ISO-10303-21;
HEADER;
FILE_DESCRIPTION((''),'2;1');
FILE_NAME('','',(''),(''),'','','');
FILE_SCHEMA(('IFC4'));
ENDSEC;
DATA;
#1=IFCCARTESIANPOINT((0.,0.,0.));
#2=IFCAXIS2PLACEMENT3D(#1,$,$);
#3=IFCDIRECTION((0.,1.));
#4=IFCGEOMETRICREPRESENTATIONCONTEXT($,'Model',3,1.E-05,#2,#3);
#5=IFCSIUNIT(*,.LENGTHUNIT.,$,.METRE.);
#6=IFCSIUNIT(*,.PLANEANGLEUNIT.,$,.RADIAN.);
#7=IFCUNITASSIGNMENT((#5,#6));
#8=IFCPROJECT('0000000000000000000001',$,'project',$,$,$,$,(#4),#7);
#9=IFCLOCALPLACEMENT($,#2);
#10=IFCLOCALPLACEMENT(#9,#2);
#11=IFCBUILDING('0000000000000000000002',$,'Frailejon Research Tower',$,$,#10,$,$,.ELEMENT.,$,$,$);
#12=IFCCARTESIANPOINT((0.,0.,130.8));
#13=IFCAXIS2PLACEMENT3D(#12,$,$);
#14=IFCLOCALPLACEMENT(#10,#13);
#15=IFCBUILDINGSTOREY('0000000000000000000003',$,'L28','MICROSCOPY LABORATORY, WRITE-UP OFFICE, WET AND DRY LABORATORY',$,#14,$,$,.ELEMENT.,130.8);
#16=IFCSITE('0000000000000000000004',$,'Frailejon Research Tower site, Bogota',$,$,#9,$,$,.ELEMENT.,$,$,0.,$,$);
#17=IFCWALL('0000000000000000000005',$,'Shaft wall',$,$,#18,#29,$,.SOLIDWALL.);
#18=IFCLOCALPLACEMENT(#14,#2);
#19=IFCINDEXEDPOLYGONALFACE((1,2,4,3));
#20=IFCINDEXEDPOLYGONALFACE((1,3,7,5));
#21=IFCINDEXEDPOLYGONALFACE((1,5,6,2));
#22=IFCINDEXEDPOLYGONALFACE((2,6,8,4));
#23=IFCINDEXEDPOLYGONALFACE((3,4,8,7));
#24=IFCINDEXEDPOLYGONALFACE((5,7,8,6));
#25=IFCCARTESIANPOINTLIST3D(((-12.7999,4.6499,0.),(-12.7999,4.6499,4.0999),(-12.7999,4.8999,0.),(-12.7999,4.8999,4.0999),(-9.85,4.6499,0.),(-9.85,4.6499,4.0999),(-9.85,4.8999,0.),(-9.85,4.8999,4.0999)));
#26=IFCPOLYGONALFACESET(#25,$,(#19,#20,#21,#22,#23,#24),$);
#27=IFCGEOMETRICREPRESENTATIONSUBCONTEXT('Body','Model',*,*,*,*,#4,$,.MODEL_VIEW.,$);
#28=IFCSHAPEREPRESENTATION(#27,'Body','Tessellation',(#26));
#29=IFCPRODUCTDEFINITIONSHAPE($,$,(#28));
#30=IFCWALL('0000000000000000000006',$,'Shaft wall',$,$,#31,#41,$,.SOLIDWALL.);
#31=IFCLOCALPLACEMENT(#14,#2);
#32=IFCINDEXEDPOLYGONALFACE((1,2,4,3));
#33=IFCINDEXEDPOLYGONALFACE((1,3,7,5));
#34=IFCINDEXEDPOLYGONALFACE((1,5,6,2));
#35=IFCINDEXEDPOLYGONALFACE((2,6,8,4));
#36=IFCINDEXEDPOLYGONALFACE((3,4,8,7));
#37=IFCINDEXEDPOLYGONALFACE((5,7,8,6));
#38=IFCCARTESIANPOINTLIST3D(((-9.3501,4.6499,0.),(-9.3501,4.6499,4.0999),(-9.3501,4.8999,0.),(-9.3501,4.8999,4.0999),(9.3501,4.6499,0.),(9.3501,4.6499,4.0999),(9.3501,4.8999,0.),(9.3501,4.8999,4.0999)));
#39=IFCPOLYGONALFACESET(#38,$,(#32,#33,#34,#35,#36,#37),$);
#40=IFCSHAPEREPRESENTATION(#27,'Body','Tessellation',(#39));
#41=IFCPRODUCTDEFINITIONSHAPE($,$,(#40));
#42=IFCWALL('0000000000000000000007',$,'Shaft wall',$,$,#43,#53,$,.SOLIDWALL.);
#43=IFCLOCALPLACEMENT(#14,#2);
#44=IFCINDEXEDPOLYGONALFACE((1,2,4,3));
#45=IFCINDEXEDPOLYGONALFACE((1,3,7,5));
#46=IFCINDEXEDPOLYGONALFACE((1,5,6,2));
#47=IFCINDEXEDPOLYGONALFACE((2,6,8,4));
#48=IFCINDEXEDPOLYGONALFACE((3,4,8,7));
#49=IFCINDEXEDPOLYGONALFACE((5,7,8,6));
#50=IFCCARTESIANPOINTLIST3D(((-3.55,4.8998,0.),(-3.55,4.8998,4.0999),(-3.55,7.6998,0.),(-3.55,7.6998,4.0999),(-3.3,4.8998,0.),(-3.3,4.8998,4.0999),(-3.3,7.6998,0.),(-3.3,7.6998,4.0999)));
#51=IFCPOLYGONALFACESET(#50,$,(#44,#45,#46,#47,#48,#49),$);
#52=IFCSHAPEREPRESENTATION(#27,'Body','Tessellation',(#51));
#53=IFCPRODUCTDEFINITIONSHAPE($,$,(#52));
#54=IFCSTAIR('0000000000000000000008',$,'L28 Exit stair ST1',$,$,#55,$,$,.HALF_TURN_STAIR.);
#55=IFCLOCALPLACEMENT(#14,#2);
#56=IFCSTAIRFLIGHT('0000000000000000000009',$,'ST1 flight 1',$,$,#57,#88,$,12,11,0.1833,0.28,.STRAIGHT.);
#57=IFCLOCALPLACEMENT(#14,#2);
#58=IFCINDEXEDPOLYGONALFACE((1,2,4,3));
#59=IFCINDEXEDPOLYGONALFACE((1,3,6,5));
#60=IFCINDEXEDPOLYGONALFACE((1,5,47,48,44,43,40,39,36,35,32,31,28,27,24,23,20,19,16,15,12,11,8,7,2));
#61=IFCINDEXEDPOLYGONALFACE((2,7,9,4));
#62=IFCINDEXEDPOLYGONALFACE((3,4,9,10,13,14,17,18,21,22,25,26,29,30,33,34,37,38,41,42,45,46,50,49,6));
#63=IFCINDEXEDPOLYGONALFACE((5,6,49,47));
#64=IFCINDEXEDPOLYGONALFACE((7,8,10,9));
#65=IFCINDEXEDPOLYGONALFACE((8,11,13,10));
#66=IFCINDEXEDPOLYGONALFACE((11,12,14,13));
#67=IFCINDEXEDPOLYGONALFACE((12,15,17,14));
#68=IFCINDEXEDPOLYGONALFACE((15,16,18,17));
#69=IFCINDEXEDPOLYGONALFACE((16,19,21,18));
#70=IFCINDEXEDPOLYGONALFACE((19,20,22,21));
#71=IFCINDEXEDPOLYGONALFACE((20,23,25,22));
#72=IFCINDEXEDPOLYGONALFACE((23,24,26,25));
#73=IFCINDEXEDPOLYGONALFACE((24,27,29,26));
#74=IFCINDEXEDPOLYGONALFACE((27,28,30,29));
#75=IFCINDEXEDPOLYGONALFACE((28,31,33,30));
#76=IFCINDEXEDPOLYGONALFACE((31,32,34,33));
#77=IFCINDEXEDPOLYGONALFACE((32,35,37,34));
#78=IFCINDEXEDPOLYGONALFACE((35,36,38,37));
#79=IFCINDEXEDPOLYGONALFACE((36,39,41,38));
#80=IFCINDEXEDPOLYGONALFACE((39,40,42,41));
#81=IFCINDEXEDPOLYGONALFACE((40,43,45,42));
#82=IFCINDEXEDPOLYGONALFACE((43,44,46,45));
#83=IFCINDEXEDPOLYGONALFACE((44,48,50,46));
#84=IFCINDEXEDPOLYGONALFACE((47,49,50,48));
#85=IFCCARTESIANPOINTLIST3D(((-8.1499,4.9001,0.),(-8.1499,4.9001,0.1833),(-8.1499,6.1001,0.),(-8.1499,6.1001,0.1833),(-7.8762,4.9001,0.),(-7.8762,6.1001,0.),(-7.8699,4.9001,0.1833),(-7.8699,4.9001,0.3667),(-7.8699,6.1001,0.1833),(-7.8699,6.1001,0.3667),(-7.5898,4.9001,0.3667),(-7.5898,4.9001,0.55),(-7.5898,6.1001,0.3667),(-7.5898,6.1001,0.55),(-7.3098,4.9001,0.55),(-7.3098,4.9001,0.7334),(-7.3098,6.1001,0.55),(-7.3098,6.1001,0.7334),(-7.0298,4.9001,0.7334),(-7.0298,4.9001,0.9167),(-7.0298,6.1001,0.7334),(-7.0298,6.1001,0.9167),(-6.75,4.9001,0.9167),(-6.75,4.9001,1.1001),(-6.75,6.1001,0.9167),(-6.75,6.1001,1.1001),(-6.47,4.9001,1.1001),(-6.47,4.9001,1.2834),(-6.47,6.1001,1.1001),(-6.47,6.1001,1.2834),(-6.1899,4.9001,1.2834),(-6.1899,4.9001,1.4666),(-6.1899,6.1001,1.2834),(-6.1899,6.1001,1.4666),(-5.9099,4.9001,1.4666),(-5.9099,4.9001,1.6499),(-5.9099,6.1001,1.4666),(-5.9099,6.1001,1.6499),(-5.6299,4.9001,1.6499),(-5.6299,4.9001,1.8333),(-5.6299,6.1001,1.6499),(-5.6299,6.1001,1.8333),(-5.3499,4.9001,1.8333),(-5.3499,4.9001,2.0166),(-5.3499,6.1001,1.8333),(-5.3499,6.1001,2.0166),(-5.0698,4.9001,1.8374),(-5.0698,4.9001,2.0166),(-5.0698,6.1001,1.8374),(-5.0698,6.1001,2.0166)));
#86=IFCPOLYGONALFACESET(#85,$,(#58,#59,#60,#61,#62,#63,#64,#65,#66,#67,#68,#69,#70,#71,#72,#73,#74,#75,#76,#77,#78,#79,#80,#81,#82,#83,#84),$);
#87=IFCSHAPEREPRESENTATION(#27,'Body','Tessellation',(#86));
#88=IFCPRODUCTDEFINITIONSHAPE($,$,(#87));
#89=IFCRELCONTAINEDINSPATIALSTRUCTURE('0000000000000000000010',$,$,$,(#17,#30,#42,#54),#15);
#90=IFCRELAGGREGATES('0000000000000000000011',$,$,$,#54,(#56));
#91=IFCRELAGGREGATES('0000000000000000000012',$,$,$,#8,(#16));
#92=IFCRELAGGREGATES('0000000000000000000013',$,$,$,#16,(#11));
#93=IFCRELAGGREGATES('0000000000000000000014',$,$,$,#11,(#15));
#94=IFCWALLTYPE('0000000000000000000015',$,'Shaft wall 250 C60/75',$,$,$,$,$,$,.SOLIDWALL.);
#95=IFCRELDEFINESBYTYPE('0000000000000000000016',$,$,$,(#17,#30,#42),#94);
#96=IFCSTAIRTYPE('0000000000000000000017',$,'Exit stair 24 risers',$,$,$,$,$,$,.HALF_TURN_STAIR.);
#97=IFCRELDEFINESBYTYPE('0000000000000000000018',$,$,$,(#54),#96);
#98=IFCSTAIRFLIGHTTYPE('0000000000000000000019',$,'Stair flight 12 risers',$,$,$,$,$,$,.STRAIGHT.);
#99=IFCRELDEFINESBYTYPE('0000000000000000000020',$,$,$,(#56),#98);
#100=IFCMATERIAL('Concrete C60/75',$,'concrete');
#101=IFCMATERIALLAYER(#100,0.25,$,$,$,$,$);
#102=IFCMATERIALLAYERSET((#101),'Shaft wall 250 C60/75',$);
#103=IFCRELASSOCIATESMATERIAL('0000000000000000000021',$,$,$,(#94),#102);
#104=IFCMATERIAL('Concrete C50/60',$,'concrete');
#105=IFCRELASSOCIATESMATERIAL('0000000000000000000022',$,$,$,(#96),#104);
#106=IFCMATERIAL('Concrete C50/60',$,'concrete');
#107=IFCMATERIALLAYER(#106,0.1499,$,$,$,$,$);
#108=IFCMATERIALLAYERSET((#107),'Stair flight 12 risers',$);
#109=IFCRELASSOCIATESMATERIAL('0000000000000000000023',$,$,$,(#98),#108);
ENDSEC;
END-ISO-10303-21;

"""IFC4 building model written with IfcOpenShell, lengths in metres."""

from ifc_helpers import new_model, si_unit, direction, frame, frame_2d, origin, place, context, subcontext, project, spatial, polyline, rectangle, outline, extrude, material, layer, layer_set, type_object, element, aggregate, save


model = new_model("IFC4")

# Units and contexts
model_context = context("Model", 3, precision=1e-05, world=origin(), true_north=direction((0.0, 1.0)))
body_context = subcontext(model_context, "Body", "Model", "MODEL_VIEW")
ifc_project = project(units=[si_unit("LENGTHUNIT", "METRE"), si_unit("PLANEANGLEUNIT", "RADIAN")], contexts=[model_context])

# Site, building, storey
site_placement = place(None, origin())
site = spatial("IfcSite", under=ifc_project, at=site_placement, Name="Frailejon Research Tower site, Bogota", CompositionType="ELEMENT", RefElevation=0.0)
building_placement = place(site_placement, origin())
building = spatial("IfcBuilding", under=site, at=building_placement, Name="Frailejon Research Tower", CompositionType="ELEMENT")
storey_placement = place(building_placement, frame((0.0, 0.0, 130.8)))
storey = spatial("IfcBuildingStorey", under=building, at=storey_placement, Name="L28", Description="MICROSCOPY LABORATORY, WRITE-UP OFFICE, WET AND DRY LABORATORY", CompositionType="ELEMENT", Elevation=130.8)

# Shared definitions
ifc_material_1 = material(Name="Concrete C60/75", Category="concrete")
ifc_layer_1 = layer(ifc_material_1, 0.25)
ifc_layer_set_1 = layer_set([ifc_layer_1], Name="Shaft wall 250 C60/75")
wall_type_1 = type_object("IfcWallType", Name="Shaft wall 250 C60/75", PredefinedType="SOLIDWALL", material=ifc_layer_set_1)

# Walls
wall_1_placement = place(storey_placement, frame((-12.8, 4.7749, 0.0), z_axis=(0.0, 0.0, 1.0), x_axis=(1.0, 0.0, 0.0)))
element("IfcWall", 1, at=wall_1_placement, inside=storey, type_object=wall_type_1, Name="Shaft wall", PredefinedType="SOLIDWALL", context=body_context, shape_type="SweptSolid", body=[
    extrude(rectangle(XDim=2.95, YDim=0.25, at=frame_2d((1.4751, 0.0))), origin(), (0.0, 0.0, 1.0), 4.0999),
])
wall_2_placement = place(storey_placement, frame((-9.3501, 4.7749, 0.0), z_axis=(0.0, 0.0, 1.0), x_axis=(1.0, 0.0, 0.0)))
element("IfcWall", 2, at=wall_2_placement, inside=storey, type_object=wall_type_1, Name="Shaft wall", PredefinedType="SOLIDWALL", context=body_context, shape_type="SweptSolid", body=[
    extrude(rectangle(XDim=18.7002, YDim=0.25, at=frame_2d((9.3501, 0.0))), origin(), (0.0, 0.0, 1.0), 4.0999),
])
wall_3_placement = place(storey_placement, frame((-3.425, 4.8999, 0.0), z_axis=(0.0, 0.0, 1.0), x_axis=(0.0, 1.0, 0.0)))
element("IfcWall", 3, at=wall_3_placement, inside=storey, type_object=wall_type_1, Name="Shaft wall", PredefinedType="SOLIDWALL", context=body_context, shape_type="SweptSolid", body=[
    extrude(rectangle(XDim=2.8, YDim=0.25, at=frame_2d((1.3999, 0.0))), origin(), (0.0, 0.0, 1.0), 4.0999),
])

# Stair, stair flight
ifc_material_2 = material(Name="Concrete C50/60", Category="concrete")
stair_type = type_object("IfcStairType", Name="Exit stair 24 risers", PredefinedType="HALF_TURN_STAIR", material=ifc_material_2)
stair_placement = place(storey_placement, origin())
stair = element("IfcStair", 4, at=stair_placement, inside=storey, type_object=stair_type, Name="L28 Exit stair ST1", PredefinedType="HALF_TURN_STAIR")
ifc_material_3 = material(Name="Concrete C50/60", Category="concrete")
ifc_layer_2 = layer(ifc_material_3, 0.1499)
ifc_layer_set_2 = layer_set([ifc_layer_2], Name="Stair flight 12 risers")
stair_flight_type = type_object("IfcStairFlightType", Name="Stair flight 12 risers", PredefinedType="STRAIGHT", material=ifc_layer_set_2)
stair_flight_placement = place(storey_placement, frame((-8.1499, 5.5, 0.0), z_axis=(0.0, 0.0, 1.0), x_axis=(1.0, 0.0, 0.0)))
stair_flight = element("IfcStairFlight", 5, at=stair_flight_placement, type_object=stair_flight_type, Name="ST1 flight 1", NumberOfRisers=12, NumberOfTreads=11, PredefinedType="STRAIGHT", RiserHeight=0.1833, TreadLength=0.28, context=body_context, shape_type="SweptSolid", body=[
    extrude(outline(polyline([(0.0, 0.0), (0.0, 0.1833), (0.28, 0.1833), (0.28, 0.3667), (0.5601, 0.3667), (0.5601, 0.55), (0.8401, 0.55), (0.8401, 0.7334), (1.1201, 0.7334), (1.1201, 0.9167), (1.3999, 0.9167), (1.3999, 1.1001), (1.6799, 1.1001), (1.6799, 1.2834), (1.96, 1.2834), (1.96, 1.4666), (2.24, 1.4666), (2.24, 1.6499), (2.52, 1.6499), (2.52, 1.8333), (2.8, 1.8333), (2.8, 2.0166), (3.0801, 2.0166), (3.0801, 2.2), (3.0801, 1.8374), (0.2737, 0.0), (0.0, 0.0)])), frame((0.0, 0.6001, 0.0), z_axis=(0.0, -1.0, 0.0), x_axis=(1.0, 0.0, 0.0)), (0.0, 0.0, 1.0), 1.2),
])
aggregate(stair, [stair_flight])

save(model, "model.ifc")
